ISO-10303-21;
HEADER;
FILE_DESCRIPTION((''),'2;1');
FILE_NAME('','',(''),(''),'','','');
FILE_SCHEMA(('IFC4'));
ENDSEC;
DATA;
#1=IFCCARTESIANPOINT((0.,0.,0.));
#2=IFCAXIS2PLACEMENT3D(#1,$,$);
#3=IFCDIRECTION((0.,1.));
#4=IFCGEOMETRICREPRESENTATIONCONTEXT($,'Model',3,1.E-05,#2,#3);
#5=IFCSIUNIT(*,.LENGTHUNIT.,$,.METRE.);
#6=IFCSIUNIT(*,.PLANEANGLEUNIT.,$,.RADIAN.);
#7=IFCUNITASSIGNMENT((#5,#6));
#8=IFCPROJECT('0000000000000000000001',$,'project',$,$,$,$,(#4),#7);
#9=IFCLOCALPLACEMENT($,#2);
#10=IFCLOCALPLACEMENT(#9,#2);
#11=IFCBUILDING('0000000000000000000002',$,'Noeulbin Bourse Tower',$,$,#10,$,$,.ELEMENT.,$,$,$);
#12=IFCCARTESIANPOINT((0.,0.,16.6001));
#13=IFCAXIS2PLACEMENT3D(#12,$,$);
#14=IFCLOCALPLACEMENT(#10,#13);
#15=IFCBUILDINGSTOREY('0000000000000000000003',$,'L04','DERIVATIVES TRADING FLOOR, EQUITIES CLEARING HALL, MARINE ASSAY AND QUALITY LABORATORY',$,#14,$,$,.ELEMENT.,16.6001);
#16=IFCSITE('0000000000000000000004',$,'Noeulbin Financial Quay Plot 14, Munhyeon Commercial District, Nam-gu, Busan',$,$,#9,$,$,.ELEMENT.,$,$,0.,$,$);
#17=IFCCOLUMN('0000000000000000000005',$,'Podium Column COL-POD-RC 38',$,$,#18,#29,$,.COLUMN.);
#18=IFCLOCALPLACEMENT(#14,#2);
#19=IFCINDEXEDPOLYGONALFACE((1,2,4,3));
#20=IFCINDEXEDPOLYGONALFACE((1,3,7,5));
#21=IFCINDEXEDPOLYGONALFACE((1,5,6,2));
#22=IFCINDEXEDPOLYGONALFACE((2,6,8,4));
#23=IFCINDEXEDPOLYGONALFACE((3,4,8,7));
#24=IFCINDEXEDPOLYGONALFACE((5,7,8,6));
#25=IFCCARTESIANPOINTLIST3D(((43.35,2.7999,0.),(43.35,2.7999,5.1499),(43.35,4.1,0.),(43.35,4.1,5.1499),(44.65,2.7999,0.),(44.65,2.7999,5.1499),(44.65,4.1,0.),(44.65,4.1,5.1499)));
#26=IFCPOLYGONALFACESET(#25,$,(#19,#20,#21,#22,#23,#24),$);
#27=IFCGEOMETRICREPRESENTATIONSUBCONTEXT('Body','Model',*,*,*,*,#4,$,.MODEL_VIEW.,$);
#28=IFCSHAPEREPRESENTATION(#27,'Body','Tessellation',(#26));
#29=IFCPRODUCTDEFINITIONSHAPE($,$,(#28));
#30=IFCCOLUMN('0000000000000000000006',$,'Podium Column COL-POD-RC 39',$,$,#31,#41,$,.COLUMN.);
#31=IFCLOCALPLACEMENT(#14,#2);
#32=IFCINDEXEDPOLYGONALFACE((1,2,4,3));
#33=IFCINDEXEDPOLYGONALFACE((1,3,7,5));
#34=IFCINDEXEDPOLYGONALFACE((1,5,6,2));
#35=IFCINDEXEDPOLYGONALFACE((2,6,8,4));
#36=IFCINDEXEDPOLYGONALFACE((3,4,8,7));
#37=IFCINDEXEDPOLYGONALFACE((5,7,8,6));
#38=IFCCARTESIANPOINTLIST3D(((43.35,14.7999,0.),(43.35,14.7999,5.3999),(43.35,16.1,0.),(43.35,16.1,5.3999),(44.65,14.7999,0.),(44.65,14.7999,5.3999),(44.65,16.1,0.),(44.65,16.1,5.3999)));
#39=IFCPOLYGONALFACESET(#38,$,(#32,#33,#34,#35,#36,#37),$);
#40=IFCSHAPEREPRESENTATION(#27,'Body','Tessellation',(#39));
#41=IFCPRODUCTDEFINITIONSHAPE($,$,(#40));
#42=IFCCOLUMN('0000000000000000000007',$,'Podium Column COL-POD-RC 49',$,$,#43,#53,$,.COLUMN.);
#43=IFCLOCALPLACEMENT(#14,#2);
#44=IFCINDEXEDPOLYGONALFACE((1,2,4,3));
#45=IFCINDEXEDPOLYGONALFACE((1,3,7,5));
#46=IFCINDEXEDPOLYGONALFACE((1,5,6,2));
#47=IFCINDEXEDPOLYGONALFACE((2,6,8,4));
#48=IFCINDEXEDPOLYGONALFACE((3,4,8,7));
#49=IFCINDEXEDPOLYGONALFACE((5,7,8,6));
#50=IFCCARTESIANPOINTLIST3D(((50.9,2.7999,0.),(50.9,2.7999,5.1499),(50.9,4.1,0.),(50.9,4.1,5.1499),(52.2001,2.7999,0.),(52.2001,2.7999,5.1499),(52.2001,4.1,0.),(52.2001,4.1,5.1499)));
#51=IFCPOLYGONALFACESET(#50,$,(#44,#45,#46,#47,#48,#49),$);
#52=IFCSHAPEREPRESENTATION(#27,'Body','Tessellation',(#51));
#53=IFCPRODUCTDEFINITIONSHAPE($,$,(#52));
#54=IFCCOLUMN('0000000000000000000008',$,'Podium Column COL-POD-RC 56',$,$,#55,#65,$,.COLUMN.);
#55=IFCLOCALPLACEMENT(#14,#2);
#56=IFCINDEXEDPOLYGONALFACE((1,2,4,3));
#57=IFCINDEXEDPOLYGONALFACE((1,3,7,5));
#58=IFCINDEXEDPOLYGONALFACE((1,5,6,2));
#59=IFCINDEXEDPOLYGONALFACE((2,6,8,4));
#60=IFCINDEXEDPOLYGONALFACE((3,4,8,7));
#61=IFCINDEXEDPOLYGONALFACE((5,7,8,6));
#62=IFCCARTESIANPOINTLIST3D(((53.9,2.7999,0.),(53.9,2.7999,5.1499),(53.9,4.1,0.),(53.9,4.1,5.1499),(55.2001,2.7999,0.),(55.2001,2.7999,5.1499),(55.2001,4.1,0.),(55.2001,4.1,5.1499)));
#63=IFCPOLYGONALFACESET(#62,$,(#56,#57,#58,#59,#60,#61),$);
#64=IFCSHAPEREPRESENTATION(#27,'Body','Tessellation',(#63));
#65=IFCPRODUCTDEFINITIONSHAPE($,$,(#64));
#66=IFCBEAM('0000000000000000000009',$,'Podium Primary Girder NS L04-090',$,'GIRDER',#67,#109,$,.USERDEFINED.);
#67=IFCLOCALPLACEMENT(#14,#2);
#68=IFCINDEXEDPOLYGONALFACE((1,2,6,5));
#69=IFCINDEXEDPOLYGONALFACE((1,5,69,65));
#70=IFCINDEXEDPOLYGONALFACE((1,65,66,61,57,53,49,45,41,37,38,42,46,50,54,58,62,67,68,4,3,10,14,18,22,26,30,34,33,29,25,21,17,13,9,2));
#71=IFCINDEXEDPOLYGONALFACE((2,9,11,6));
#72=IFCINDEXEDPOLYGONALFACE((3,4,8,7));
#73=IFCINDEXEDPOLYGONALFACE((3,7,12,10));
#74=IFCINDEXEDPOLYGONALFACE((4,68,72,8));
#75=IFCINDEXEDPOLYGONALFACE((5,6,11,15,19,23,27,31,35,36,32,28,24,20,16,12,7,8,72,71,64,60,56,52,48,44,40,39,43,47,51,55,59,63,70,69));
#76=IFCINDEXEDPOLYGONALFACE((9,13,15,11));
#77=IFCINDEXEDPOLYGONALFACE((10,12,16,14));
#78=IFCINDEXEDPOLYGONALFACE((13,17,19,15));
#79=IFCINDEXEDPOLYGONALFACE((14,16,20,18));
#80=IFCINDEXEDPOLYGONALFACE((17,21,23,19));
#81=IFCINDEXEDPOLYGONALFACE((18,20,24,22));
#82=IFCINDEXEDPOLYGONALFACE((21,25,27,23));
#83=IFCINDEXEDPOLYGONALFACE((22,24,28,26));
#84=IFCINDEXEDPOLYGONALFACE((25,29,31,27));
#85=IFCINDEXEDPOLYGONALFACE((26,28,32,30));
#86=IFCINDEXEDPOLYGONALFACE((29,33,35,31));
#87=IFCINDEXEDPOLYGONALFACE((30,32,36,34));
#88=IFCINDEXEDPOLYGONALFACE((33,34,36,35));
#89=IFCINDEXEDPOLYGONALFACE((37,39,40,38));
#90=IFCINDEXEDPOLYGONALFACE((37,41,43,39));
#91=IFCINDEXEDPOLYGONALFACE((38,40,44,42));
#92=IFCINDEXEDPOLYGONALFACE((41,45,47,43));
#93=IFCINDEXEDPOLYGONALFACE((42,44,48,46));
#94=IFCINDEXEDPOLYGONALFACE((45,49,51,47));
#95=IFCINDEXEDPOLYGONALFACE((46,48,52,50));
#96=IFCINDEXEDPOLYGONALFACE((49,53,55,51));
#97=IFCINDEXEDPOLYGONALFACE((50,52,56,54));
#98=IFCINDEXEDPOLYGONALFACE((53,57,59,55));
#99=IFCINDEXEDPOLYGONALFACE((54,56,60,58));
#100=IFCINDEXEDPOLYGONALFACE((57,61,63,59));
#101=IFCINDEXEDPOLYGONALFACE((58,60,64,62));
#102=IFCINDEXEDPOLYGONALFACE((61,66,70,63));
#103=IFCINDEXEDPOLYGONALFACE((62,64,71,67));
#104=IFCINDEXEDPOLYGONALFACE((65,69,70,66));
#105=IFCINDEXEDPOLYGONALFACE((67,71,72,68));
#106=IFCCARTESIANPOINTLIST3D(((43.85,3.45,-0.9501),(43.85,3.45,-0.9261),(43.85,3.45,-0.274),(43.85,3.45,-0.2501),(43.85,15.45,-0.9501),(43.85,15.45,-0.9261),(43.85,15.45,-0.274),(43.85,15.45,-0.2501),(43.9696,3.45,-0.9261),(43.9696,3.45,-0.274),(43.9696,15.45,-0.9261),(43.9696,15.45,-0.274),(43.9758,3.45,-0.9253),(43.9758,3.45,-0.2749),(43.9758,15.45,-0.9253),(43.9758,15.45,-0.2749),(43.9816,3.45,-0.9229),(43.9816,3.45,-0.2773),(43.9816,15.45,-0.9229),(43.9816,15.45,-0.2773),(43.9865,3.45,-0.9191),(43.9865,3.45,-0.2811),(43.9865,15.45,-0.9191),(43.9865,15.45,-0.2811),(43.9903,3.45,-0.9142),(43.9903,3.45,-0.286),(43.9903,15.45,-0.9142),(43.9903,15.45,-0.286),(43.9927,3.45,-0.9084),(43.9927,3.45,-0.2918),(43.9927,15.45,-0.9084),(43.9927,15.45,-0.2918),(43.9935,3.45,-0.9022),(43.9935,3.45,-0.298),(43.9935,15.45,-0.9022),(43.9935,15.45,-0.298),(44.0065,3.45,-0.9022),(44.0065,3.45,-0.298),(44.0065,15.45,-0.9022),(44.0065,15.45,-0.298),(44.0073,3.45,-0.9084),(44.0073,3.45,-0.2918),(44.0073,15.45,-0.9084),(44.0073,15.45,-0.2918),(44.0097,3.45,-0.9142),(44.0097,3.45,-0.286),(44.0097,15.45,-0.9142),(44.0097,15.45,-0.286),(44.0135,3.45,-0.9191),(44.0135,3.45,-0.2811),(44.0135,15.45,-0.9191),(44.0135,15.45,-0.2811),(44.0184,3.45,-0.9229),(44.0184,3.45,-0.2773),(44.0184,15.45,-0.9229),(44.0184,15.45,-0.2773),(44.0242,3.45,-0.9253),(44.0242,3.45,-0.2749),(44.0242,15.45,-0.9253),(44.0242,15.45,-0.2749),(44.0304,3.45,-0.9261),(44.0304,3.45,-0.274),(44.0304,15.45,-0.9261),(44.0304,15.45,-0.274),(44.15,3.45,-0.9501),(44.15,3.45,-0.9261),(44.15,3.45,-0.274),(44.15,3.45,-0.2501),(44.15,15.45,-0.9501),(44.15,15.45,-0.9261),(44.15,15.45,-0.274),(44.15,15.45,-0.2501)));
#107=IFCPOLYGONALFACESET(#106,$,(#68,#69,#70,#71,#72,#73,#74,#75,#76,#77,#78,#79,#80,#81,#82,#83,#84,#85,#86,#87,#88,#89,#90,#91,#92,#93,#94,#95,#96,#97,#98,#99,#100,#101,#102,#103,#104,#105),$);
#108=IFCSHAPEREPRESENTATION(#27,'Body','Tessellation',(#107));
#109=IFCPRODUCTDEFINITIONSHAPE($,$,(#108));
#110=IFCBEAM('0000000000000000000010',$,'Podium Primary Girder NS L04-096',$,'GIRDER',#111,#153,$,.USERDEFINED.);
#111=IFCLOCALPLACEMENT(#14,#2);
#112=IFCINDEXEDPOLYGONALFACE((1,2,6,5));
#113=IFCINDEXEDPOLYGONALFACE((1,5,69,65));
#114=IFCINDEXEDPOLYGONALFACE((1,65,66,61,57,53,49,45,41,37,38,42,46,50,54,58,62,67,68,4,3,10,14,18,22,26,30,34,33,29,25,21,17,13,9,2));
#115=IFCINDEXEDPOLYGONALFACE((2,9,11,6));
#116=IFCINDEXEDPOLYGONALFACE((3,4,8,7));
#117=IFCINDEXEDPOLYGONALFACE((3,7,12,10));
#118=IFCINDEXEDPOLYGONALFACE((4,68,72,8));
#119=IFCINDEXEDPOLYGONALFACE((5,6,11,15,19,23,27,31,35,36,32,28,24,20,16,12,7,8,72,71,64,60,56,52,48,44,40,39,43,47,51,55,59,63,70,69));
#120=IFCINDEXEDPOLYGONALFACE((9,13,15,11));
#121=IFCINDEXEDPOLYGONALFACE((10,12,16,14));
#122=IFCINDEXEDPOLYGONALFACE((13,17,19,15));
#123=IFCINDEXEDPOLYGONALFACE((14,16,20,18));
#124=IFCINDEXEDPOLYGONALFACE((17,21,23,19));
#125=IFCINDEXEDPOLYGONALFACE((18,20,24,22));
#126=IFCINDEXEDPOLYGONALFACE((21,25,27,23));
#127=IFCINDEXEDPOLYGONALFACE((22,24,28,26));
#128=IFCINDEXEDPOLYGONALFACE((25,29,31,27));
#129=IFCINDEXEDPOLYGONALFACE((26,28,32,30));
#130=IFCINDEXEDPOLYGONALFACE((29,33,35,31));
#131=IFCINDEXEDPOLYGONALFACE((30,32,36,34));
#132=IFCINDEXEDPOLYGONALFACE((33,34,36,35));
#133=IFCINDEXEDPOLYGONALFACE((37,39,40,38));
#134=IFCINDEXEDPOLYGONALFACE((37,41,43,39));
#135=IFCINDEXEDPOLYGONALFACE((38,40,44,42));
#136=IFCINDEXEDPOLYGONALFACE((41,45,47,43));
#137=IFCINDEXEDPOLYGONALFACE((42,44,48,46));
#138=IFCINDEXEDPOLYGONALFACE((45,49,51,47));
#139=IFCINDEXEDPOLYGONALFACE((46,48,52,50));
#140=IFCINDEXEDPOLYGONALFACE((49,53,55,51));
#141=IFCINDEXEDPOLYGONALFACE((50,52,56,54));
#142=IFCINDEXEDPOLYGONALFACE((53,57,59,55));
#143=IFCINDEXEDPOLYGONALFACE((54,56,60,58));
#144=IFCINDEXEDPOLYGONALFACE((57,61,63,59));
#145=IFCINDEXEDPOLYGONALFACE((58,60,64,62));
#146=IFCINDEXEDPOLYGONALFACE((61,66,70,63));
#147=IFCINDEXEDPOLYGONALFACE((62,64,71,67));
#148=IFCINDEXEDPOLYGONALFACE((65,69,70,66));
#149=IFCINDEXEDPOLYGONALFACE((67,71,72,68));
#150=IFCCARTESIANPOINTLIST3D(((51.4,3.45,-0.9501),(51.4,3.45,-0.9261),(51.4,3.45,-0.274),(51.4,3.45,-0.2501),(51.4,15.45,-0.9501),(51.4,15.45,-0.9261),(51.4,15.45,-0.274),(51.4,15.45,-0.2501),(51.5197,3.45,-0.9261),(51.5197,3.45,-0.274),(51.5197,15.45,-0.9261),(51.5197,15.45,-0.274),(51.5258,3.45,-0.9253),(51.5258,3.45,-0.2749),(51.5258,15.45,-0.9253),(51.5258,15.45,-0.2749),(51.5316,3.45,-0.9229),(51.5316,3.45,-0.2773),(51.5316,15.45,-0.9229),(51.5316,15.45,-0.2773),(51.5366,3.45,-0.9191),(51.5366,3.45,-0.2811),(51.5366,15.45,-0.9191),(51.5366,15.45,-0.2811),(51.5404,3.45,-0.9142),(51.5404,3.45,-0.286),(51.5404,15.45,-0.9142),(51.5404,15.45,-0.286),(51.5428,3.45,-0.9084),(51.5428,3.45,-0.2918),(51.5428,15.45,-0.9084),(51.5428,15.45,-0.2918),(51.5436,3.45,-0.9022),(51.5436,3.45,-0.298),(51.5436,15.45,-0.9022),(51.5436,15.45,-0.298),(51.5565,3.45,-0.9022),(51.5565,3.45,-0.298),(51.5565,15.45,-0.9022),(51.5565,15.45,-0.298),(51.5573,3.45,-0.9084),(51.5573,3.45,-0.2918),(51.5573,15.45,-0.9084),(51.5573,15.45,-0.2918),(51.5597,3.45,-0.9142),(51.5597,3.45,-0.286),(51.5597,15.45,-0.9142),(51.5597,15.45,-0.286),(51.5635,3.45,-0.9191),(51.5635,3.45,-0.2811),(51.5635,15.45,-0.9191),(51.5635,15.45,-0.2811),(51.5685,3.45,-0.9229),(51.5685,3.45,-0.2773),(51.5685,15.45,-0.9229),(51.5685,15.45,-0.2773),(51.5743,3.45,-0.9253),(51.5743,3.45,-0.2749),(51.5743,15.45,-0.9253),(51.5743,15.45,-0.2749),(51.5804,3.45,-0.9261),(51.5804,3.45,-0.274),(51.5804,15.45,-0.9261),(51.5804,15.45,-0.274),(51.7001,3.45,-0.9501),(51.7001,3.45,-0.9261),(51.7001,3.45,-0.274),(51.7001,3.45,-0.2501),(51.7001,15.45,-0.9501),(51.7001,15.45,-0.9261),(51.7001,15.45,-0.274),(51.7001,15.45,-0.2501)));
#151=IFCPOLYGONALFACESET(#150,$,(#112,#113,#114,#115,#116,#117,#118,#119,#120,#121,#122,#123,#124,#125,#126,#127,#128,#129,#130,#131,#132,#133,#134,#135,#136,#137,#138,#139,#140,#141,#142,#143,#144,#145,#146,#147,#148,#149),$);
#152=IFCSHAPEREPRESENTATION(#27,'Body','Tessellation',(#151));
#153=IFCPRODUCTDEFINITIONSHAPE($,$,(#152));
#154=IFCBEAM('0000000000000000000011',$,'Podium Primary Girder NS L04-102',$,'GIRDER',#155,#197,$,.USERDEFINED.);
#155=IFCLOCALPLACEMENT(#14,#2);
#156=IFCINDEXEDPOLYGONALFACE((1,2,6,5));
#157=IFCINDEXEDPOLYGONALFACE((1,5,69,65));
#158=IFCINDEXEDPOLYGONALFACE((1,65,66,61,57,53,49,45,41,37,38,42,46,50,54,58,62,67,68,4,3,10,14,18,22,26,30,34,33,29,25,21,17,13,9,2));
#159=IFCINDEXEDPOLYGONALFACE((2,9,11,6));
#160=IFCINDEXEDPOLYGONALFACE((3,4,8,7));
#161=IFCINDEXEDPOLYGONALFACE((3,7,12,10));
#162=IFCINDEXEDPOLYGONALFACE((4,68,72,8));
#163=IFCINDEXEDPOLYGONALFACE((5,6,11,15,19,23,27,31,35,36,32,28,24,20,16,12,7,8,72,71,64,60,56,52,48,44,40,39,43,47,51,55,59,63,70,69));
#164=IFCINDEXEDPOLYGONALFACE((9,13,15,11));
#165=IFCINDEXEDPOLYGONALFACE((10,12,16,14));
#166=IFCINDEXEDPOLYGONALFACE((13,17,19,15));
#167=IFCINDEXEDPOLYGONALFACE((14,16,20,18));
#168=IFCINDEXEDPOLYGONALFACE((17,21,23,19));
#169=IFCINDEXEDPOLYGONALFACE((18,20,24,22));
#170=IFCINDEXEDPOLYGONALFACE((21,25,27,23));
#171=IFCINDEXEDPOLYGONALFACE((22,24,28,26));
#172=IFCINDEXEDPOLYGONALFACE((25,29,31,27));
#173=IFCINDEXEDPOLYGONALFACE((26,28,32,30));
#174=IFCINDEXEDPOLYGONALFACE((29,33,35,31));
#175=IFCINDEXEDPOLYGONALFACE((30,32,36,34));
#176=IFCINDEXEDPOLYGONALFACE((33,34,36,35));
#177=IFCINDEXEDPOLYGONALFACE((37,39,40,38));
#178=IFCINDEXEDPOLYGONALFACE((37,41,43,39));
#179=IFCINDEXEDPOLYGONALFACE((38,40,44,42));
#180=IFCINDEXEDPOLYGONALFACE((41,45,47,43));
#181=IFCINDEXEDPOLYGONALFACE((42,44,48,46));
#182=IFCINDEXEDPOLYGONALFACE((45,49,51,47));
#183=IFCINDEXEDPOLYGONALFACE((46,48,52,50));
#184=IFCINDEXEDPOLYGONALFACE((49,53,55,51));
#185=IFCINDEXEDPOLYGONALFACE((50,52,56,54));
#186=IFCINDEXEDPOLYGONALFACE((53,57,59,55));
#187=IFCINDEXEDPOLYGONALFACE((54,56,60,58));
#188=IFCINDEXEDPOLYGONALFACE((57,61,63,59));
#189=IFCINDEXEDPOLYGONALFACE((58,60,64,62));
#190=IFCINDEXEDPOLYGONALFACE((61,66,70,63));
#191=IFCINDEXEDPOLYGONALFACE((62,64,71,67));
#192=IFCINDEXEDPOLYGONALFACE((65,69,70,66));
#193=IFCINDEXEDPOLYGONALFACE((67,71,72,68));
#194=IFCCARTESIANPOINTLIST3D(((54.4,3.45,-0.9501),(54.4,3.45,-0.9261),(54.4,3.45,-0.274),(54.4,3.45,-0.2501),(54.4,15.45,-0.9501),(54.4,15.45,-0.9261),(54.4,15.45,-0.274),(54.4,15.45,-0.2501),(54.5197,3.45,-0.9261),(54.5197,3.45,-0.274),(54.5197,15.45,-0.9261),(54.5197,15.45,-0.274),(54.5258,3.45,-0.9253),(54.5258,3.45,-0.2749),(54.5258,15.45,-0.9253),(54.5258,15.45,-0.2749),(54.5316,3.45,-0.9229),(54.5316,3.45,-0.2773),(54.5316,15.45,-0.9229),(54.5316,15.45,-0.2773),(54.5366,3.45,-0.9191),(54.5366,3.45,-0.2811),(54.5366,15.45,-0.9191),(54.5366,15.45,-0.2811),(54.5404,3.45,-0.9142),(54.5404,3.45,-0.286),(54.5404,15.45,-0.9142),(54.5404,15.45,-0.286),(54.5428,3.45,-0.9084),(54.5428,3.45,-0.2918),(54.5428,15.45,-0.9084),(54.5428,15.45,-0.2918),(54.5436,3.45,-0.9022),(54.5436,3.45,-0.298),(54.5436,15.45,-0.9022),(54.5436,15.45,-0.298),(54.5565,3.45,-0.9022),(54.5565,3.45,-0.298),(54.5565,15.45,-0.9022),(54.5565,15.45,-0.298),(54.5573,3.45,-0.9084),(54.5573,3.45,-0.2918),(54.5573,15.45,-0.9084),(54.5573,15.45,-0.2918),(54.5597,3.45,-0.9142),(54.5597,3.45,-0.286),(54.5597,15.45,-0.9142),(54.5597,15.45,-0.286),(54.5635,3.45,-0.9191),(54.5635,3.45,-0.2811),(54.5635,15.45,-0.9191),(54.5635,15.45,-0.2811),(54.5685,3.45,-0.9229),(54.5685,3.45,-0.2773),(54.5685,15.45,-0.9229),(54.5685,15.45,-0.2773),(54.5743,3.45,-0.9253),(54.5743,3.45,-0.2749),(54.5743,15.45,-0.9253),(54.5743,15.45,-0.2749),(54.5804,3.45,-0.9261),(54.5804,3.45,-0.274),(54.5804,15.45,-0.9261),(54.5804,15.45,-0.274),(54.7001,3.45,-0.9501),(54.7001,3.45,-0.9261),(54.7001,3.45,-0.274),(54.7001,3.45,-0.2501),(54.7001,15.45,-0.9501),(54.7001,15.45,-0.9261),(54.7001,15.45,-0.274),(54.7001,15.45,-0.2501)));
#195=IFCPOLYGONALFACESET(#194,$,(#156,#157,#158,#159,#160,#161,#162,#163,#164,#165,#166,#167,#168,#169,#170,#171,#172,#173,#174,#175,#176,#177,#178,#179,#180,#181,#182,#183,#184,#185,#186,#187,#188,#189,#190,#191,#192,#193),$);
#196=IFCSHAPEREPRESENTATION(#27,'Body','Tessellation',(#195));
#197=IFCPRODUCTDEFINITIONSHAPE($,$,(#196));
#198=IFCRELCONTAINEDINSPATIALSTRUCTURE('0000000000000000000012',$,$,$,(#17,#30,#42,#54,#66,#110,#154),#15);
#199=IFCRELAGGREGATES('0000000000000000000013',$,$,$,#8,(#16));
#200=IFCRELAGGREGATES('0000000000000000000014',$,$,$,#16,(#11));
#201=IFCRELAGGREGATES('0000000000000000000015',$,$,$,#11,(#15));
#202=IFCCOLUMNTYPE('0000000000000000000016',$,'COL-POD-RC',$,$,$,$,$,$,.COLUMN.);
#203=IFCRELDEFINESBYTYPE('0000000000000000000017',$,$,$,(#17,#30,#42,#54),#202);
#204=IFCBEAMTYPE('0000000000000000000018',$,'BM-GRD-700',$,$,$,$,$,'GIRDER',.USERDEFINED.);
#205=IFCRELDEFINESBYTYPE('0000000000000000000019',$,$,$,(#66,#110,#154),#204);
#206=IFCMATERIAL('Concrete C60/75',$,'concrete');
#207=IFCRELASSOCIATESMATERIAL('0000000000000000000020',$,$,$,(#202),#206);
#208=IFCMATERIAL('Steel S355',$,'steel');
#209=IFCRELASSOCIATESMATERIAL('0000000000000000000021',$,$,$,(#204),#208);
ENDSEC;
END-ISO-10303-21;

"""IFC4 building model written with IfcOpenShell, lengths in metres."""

from ifc_helpers import new_model, si_unit, direction, frame, origin, origin_2d, place, context, subcontext, project, spatial, rectangle, i_section, extrude, material, material_profile, profile_set, type_object, element, save


model = new_model("IFC4")

# Units and contexts
model_context = context("Model", 3, precision=1e-05, world=origin(), true_north=direction((0.0, 1.0)))
body_context = subcontext(model_context, "Body", "Model", "MODEL_VIEW")
ifc_project = project(units=[si_unit("LENGTHUNIT", "METRE"), si_unit("PLANEANGLEUNIT", "RADIAN")], contexts=[model_context])

# Site, building, storey
site_placement = place(None, origin())
site = spatial("IfcSite", under=ifc_project, at=site_placement, Name="Noeulbin Financial Quay Plot 14, Munhyeon Commercial District, Nam-gu, Busan", CompositionType="ELEMENT", RefElevation=0.0)
building_placement = place(site_placement, origin())
building = spatial("IfcBuilding", under=site, at=building_placement, Name="Noeulbin Bourse Tower", CompositionType="ELEMENT")
storey_placement = place(building_placement, frame((0.0, 0.0, 16.6001)))
storey = spatial("IfcBuildingStorey", under=building, at=storey_placement, Name="L04", Description="DERIVATIVES TRADING FLOOR, EQUITIES CLEARING HALL, MARINE ASSAY AND QUALITY LABORATORY", CompositionType="ELEMENT", Elevation=16.6001)

# Columns
ifc_material_1 = material(Name="Concrete C60/75", Category="concrete")
ifc_material_profile_1 = material_profile(ifc_material_1, rectangle(XDim=1.3, YDim=1.3, at=origin_2d()), Name="RC-COL-1300x1300", Category="LoadBearing")
ifc_profile_set_1 = profile_set([ifc_material_profile_1], Name="Concrete C60/75")
column_type = type_object("IfcColumnType", Name="COL-POD-RC", PredefinedType="COLUMN", material=ifc_profile_set_1)
column_1_placement = place(storey_placement, frame((44.0, 3.45, 0.0), z_axis=(0.0, 0.0, 1.0), x_axis=(1.0, 0.0, 0.0)))
element("IfcColumn", 1, at=column_1_placement, inside=storey, type_object=column_type, Name="Podium Column COL-POD-RC 38", PredefinedType="COLUMN", context=body_context, shape_type="SweptSolid", body=[
    extrude(rectangle(XDim=1.3, YDim=1.3, at=origin_2d()), origin(), (0.0, 0.0, 1.0), 5.1499),
])
column_2_placement = place(storey_placement, frame((44.0, 15.45, 0.0), z_axis=(0.0, 0.0, 1.0), x_axis=(1.0, 0.0, 0.0)))
element("IfcColumn", 2, at=column_2_placement, inside=storey, type_object=column_type, Name="Podium Column COL-POD-RC 39", PredefinedType="COLUMN", context=body_context, shape_type="SweptSolid", body=[
    extrude(rectangle(XDim=1.3, YDim=1.3, at=origin_2d()), origin(), (0.0, 0.0, 1.0), 5.3999),
])
for number, where, z_axis, x_axis, name in (
    (3, (51.55, 3.45, 0.0), (0.0, 0.0, 1.0), (1.0, 0.0, 0.0), "Podium Column COL-POD-RC 49"),
    (4, (54.55, 3.45, 0.0), (0.0, 0.0, 1.0), (1.0, 0.0, 0.0), "Podium Column COL-POD-RC 56"),
):
    element("IfcColumn", number, at=place(storey_placement, frame(where, z_axis=z_axis, x_axis=x_axis)), inside=storey, type_object=column_type, Name=name, PredefinedType="COLUMN", context=body_context, shape_type="SweptSolid", body=[
        extrude(rectangle(XDim=1.3, YDim=1.3, at=origin_2d()), origin(), (0.0, 0.0, 1.0), 5.1499),
    ])

# Beams
ifc_material_2 = material(Name="Steel S355", Category="steel")
ifc_material_profile_2 = material_profile(ifc_material_2, i_section(OverallWidth=0.3, OverallDepth=0.7, WebThickness=0.0129, FlangeThickness=0.0239, FilletRadius=0.0239, at=origin_2d()), Name="H-700x300x13x24", Category="LoadBearing")
ifc_profile_set_2 = profile_set([ifc_material_profile_2], Name="Steel S355")
beam_type_1 = type_object("IfcBeamType", Name="BM-GRD-700", ElementType="GIRDER", PredefinedType="USERDEFINED", material=ifc_profile_set_2)
for number, where, z_axis, x_axis, name in (
    (5, (44.0, 3.45, -0.6001), (0.0, 1.0, 0.0), (-1.0, 0.0, 0.0), "Podium Primary Girder NS L04-090"),
    (6, (51.55, 3.45, -0.6001), (0.0, 1.0, 0.0), (-1.0, 0.0, 0.0), "Podium Primary Girder NS L04-096"),
    (7, (54.55, 3.45, -0.6001), (0.0, 1.0, 0.0), (-1.0, 0.0, 0.0), "Podium Primary Girder NS L04-102"),
):
    element("IfcBeam", number, at=place(storey_placement, frame(where, z_axis=z_axis, x_axis=x_axis)), inside=storey, type_object=beam_type_1, Name=name, ObjectType="GIRDER", PredefinedType="USERDEFINED", context=body_context, shape_type="SweptSolid", body=[
        extrude(i_section(OverallWidth=0.3, OverallDepth=0.7, WebThickness=0.0129, FlangeThickness=0.0239, FilletRadius=0.0239, at=origin_2d()), origin(), (0.0, 0.0, 1.0), 12.0),
    ])

save(model, "model.ifc")
